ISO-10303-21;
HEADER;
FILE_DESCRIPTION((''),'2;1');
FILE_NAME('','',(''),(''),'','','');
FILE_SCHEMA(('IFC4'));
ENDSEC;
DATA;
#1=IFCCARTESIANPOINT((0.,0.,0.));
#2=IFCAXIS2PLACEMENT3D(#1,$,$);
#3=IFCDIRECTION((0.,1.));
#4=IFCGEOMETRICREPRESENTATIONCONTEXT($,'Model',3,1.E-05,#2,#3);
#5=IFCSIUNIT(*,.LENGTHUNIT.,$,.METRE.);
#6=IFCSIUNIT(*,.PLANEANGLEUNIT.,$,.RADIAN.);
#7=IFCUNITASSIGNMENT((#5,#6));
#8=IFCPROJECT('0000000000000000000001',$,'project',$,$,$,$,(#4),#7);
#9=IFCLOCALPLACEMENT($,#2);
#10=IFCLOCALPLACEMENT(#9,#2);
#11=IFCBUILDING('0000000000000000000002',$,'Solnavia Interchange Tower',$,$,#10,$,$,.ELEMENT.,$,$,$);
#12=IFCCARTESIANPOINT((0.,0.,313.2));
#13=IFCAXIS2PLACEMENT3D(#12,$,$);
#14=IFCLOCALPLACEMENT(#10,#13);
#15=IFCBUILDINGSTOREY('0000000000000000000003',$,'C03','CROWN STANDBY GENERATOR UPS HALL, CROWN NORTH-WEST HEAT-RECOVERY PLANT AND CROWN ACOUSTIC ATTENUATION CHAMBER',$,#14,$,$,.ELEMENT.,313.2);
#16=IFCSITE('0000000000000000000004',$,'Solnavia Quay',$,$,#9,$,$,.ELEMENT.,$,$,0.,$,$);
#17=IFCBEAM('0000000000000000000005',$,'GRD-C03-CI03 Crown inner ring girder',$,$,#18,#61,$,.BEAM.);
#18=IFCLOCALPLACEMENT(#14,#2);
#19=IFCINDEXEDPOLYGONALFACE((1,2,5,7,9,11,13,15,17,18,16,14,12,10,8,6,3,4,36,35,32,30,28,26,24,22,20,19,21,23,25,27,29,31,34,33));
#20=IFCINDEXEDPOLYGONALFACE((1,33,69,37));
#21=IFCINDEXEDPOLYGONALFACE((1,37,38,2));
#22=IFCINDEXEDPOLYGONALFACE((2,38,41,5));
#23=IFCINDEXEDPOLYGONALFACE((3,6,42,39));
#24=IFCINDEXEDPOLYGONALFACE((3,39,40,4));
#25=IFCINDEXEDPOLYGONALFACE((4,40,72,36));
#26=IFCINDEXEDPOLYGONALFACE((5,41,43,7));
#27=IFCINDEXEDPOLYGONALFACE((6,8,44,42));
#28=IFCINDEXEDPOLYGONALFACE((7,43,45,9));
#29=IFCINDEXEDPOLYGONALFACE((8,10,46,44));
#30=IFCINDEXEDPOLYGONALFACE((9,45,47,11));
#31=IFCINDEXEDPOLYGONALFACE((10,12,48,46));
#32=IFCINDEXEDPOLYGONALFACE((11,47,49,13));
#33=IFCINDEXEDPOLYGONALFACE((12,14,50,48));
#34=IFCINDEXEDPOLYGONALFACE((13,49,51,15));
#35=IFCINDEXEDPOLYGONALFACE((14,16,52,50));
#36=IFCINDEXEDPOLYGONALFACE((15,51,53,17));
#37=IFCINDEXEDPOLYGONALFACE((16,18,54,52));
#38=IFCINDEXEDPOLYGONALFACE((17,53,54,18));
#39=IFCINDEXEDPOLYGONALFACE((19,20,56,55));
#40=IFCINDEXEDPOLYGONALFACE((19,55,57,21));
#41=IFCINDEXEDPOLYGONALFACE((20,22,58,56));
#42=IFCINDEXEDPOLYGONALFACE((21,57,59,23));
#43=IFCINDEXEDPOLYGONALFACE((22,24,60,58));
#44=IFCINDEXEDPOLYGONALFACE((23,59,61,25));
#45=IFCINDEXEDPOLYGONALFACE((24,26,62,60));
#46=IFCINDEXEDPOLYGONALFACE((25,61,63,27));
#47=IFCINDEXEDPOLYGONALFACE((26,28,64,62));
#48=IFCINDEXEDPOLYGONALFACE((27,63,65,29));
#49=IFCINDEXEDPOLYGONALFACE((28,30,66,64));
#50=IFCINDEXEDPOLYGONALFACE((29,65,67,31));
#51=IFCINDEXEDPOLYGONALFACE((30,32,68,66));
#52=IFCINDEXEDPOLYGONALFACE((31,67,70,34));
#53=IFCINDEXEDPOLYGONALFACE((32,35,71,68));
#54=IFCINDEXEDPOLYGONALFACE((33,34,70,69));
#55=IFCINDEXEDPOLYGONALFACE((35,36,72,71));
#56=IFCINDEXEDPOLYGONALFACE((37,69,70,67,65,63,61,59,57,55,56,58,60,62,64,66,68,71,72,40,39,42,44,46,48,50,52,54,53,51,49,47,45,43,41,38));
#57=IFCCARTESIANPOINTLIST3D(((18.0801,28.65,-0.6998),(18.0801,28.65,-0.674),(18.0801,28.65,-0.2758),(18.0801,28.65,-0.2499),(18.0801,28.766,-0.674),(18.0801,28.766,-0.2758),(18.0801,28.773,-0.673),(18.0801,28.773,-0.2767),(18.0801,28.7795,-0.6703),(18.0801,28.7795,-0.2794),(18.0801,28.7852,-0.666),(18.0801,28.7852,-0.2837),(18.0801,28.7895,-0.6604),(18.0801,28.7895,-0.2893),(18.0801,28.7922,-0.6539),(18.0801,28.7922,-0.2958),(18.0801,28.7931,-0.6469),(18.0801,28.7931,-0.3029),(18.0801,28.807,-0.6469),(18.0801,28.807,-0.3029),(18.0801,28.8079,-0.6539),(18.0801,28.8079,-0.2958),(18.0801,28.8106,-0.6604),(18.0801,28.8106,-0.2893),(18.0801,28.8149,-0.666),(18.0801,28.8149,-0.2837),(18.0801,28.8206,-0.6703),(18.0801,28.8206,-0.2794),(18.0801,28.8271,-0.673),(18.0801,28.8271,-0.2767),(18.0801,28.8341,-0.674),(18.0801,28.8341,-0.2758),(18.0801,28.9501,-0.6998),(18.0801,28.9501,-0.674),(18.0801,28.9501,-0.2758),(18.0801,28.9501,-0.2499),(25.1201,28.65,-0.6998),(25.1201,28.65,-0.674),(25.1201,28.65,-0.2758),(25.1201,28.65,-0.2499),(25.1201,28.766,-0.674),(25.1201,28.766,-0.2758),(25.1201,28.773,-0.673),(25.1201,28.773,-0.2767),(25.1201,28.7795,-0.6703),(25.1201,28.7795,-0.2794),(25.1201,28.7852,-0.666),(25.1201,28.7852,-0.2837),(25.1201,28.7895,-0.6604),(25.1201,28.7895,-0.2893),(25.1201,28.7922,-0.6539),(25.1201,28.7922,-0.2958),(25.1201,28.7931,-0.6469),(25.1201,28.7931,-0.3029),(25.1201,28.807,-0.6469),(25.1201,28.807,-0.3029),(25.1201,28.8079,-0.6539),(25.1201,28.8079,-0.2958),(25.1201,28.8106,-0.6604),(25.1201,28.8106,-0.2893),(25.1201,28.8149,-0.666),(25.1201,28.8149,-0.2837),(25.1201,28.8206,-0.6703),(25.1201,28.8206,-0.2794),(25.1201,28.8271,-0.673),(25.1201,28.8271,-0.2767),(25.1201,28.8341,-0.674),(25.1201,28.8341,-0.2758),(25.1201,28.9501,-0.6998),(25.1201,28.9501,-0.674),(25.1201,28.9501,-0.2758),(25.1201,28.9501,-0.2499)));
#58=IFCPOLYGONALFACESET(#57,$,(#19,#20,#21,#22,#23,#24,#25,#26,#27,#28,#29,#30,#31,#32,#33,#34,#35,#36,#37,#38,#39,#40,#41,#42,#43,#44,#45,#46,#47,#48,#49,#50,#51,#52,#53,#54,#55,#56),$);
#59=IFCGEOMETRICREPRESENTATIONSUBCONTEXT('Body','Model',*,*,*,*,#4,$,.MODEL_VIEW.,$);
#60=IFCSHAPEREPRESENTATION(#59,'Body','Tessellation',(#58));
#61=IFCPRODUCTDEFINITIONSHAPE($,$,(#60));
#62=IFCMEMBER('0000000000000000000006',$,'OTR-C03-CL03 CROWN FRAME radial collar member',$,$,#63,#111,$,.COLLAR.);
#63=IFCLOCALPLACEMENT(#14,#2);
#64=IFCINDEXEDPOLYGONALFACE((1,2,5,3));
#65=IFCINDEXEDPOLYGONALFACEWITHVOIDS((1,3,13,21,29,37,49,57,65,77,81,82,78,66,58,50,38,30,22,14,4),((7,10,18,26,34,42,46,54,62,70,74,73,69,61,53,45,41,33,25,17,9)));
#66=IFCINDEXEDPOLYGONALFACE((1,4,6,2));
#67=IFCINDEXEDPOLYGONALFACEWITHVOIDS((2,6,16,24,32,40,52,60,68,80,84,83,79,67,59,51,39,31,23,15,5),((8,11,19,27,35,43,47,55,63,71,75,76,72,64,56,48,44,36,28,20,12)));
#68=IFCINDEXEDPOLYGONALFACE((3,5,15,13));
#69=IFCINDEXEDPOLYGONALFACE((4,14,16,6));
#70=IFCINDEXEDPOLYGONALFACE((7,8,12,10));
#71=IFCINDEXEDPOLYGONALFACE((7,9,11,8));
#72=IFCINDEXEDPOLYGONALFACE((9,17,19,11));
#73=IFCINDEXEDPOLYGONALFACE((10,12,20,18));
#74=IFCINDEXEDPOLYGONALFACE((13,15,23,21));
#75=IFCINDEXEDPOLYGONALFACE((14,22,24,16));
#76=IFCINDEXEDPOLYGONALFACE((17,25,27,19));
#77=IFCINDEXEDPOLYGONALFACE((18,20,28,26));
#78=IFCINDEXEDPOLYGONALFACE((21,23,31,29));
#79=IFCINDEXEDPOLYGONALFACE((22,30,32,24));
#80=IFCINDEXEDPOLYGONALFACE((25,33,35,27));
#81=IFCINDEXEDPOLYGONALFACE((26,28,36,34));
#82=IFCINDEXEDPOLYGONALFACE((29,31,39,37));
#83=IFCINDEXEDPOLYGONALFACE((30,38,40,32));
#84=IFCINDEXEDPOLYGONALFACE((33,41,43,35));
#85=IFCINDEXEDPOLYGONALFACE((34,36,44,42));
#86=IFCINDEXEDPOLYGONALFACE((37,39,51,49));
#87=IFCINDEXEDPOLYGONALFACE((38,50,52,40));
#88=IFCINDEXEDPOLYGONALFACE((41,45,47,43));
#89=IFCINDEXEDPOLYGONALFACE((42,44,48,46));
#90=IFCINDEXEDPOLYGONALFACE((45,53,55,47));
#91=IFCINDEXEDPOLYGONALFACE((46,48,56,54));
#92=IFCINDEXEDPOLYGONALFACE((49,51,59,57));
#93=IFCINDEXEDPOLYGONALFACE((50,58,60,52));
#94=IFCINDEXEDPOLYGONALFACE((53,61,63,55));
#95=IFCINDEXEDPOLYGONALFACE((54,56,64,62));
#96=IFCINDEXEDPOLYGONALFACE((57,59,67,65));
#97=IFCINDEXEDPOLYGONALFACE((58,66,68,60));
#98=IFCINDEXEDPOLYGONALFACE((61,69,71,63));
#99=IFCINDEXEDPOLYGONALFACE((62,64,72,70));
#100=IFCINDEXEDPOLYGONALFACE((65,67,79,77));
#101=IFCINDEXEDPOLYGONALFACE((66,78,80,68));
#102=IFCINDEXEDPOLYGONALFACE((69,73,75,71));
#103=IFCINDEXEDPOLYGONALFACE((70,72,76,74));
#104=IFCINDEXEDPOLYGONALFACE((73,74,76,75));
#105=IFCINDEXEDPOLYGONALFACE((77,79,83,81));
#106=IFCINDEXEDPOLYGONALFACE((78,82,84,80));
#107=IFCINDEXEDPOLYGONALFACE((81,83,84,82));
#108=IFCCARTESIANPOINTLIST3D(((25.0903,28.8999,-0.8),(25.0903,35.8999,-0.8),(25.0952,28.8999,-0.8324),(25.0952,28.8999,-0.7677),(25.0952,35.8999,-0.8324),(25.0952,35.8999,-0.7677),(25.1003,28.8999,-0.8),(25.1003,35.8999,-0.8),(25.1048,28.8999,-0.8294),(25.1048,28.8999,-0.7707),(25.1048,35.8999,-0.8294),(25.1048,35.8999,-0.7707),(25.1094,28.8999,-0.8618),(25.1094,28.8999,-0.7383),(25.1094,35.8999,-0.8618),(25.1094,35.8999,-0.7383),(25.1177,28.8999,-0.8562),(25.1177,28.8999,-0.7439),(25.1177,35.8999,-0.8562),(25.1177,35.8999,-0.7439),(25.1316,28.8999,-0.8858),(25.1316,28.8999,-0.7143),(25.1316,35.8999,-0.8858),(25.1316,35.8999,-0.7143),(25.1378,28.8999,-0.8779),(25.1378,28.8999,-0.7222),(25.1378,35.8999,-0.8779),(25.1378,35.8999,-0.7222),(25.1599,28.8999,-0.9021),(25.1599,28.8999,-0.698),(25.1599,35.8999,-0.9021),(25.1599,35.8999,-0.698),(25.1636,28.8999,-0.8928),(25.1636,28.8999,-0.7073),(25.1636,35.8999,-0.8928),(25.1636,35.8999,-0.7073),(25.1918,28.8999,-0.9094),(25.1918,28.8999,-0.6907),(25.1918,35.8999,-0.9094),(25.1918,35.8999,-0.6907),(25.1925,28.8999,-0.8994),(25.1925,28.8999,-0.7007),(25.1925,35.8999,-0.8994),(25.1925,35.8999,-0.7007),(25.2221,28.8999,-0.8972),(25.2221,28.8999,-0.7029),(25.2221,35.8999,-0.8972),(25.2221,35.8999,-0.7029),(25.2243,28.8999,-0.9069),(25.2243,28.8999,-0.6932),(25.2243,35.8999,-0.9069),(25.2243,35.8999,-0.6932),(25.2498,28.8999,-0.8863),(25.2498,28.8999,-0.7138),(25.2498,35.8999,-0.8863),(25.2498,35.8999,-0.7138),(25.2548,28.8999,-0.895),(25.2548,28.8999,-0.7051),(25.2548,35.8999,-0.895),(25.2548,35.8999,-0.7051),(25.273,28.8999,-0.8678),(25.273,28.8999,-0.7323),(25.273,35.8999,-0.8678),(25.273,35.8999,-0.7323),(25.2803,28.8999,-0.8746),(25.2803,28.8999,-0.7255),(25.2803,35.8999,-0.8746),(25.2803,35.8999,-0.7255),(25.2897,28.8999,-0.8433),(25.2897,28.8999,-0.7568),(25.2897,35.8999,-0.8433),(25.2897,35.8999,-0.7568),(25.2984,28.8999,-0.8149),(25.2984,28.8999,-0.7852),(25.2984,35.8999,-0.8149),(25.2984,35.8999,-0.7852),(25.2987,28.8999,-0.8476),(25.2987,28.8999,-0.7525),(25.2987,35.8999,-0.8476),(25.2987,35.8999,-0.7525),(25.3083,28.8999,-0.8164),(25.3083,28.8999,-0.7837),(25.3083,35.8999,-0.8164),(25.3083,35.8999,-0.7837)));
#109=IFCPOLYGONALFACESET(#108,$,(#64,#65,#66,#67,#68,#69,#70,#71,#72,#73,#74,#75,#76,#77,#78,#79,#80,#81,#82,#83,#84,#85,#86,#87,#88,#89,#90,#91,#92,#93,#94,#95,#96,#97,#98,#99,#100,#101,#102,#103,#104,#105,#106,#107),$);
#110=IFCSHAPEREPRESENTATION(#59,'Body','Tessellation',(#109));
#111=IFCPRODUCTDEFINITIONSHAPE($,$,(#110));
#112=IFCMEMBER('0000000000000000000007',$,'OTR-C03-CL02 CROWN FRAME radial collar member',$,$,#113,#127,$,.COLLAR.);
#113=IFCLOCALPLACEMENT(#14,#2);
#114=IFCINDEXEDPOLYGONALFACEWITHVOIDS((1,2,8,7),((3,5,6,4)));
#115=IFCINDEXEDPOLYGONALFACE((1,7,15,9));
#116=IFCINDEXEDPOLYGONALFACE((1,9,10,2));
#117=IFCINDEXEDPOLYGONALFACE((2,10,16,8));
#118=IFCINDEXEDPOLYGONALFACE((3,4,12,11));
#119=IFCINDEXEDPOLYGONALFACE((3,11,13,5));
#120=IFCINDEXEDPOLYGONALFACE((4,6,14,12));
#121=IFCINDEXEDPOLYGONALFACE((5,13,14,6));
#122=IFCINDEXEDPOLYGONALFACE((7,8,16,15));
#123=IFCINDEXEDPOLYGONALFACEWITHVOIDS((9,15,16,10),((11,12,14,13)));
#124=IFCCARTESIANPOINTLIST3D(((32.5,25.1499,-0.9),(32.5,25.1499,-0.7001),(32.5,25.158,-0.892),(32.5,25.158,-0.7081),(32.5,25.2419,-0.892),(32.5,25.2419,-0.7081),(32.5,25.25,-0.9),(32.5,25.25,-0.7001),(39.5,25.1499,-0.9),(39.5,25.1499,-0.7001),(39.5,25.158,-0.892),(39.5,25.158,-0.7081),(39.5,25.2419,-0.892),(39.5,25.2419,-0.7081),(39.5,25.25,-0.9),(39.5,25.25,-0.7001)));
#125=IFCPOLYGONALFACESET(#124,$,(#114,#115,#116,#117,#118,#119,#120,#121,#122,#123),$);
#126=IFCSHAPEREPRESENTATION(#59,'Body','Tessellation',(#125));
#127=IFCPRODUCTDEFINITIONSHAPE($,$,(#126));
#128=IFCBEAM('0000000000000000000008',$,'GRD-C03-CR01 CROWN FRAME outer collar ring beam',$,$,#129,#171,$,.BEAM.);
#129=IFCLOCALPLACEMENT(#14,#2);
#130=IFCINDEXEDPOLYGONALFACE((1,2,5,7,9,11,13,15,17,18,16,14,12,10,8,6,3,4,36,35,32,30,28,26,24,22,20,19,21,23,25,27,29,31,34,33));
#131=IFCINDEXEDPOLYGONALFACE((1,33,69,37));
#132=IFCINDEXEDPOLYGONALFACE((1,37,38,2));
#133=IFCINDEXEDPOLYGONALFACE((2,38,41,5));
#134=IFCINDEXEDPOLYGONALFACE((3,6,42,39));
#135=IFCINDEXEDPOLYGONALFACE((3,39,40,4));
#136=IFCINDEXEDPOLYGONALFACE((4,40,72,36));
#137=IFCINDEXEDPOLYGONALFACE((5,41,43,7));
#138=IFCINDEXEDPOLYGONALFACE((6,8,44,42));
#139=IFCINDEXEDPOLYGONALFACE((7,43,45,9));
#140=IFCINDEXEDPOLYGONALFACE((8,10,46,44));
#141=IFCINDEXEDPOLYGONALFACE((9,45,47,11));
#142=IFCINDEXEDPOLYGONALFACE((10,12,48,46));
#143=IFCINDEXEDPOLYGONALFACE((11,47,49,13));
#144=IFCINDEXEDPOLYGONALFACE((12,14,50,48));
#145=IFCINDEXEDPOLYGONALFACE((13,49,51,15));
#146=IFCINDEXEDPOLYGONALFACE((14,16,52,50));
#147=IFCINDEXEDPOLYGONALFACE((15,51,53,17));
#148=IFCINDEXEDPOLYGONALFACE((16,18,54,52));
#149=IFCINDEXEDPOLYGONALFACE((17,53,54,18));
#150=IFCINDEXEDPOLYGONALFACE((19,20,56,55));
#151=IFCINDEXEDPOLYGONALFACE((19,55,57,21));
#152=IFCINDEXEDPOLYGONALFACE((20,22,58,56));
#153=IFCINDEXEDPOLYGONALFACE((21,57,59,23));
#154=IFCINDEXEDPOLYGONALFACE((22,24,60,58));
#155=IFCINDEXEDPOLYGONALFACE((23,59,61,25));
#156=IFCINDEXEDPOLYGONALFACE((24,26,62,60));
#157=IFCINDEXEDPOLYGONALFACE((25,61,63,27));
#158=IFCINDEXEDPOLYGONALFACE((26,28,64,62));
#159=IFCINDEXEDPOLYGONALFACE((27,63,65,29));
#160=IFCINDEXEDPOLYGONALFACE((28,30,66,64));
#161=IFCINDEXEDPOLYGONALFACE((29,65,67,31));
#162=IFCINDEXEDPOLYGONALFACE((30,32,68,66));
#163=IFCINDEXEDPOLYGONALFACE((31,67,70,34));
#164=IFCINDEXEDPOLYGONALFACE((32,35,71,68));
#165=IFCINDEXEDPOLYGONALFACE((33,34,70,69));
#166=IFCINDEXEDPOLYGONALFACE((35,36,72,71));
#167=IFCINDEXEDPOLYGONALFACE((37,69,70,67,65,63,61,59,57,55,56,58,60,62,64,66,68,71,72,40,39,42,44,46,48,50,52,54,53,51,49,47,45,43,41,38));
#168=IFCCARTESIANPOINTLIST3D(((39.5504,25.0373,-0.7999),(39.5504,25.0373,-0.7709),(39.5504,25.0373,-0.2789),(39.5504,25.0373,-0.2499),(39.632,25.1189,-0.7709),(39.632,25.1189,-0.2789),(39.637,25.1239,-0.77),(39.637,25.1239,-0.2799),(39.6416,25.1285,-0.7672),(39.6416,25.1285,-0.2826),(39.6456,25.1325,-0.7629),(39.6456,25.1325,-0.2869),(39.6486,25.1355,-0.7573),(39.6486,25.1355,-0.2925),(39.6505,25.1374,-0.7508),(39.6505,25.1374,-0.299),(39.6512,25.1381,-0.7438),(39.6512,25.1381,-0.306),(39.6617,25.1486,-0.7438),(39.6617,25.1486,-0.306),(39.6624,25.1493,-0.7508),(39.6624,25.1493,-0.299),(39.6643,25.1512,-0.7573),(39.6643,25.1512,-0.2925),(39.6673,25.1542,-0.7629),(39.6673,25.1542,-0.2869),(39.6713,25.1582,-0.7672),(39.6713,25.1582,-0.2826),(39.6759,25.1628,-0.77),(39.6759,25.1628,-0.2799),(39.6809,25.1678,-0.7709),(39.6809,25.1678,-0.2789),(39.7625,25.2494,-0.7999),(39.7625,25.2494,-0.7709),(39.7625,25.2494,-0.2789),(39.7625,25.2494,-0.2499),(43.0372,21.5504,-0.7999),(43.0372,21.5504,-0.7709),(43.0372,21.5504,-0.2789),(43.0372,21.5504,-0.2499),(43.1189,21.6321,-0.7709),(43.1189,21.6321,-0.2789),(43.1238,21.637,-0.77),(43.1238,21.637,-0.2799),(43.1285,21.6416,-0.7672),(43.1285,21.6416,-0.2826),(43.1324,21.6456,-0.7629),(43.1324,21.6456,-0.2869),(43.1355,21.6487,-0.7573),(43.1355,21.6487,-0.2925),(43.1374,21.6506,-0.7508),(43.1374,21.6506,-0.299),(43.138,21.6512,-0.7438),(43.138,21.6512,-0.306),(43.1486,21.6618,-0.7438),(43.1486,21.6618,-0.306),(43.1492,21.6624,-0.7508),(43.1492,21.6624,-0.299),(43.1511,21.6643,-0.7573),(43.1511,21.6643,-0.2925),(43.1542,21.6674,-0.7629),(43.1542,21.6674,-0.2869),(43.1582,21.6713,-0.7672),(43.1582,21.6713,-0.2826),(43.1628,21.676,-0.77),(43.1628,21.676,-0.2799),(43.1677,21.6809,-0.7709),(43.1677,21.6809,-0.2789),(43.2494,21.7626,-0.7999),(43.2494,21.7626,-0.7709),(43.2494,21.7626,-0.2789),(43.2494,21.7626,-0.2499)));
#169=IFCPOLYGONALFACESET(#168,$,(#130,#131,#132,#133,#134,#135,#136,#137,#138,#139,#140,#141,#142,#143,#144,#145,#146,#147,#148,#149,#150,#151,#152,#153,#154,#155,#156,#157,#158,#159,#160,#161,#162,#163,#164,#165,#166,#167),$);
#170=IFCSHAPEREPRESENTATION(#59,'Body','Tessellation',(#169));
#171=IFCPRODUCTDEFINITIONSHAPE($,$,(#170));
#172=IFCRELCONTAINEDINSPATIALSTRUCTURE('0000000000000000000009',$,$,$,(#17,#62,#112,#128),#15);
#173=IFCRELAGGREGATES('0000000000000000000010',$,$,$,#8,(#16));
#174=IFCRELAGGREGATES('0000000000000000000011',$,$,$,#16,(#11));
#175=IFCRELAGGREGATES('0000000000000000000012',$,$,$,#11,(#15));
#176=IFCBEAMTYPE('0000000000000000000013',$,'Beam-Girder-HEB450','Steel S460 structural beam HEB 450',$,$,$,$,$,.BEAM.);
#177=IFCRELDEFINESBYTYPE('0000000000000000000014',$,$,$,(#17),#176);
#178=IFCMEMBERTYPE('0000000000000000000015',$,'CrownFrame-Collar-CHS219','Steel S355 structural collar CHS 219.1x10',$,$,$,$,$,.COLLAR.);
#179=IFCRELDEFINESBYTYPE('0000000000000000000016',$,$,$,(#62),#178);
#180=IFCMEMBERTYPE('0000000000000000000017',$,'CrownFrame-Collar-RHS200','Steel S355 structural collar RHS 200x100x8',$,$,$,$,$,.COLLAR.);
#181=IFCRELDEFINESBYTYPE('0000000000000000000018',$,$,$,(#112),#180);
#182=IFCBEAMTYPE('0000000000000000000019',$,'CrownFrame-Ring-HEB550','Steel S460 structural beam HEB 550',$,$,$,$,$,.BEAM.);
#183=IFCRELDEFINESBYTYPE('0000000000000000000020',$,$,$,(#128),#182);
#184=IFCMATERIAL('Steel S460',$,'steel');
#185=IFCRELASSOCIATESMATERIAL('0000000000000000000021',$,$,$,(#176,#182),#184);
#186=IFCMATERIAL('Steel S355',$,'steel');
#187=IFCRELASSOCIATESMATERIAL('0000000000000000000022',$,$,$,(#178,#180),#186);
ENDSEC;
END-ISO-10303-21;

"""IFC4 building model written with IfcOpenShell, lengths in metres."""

from ifc_helpers import new_model, si_unit, direction, frame, origin, origin_2d, place, context, subcontext, project, spatial, hollow_rectangle, hollow_circle, i_section, extrude, material, material_profile, profile_set, type_object, element, save


model = new_model("IFC4")

# Units and contexts
model_context = context("Model", 3, precision=1e-05, world=origin(), true_north=direction((0.0, 1.0)))
body_context = subcontext(model_context, "Body", "Model", "MODEL_VIEW")
ifc_project = project(units=[si_unit("LENGTHUNIT", "METRE"), si_unit("PLANEANGLEUNIT", "RADIAN")], contexts=[model_context])

# Site, building, storey
site_placement = place(None, origin())
site = spatial("IfcSite", under=ifc_project, at=site_placement, Name="Solnavia Quay", CompositionType="ELEMENT", RefElevation=0.0)
building_placement = place(site_placement, origin())
building = spatial("IfcBuilding", under=site, at=building_placement, Name="Solnavia Interchange Tower", CompositionType="ELEMENT")
storey_placement = place(building_placement, frame((0.0, 0.0, 313.2)))
storey = spatial("IfcBuildingStorey", under=building, at=storey_placement, Name="C03", Description="CROWN STANDBY GENERATOR UPS HALL, CROWN NORTH-WEST HEAT-RECOVERY PLANT AND CROWN ACOUSTIC ATTENUATION CHAMBER", CompositionType="ELEMENT", Elevation=313.2)

# Shared definitions
ifc_material_1 = material(Name="Steel S460", Category="steel")

# Beam
ifc_material_profile_1 = material_profile(ifc_material_1, i_section(OverallWidth=0.3, OverallDepth=0.45, WebThickness=0.0139, FlangeThickness=0.0259, FilletRadius=0.0271, at=origin_2d()), Name="HEB 450")
ifc_profile_set_1 = profile_set([ifc_material_profile_1], Name="Steel S460")
beam_type_1 = type_object("IfcBeamType", Name="Beam-Girder-HEB450", Description="Steel S460 structural beam HEB 450", PredefinedType="BEAM", material=ifc_profile_set_1)
beam_1_placement = place(storey_placement, frame((25.1201, 28.8, -0.4749), z_axis=(-1.0, 0.0, 0.0), x_axis=(0.0, -1.0, 0.0)))
element("IfcBeam", 1, at=beam_1_placement, inside=storey, type_object=beam_type_1, Name="GRD-C03-CI03 Crown inner ring girder", PredefinedType="BEAM", context=body_context, shape_type="SweptSolid", body=[
    extrude(i_section(OverallWidth=0.3, OverallDepth=0.45, WebThickness=0.0139, FlangeThickness=0.0259, FilletRadius=0.0271, at=origin_2d()), origin(), (0.0, 0.0, 1.0), 7.04),
])

# Members
ifc_material_2 = material(Name="Steel S355", Category="steel")
ifc_material_profile_2 = material_profile(ifc_material_2, hollow_circle(Radius=0.1096, WallThickness=0.01, at=origin_2d()), Name="CHS 219.1x10")
ifc_profile_set_2 = profile_set([ifc_material_profile_2], Name="Steel S355")
member_type_1 = type_object("IfcMemberType", Name="CrownFrame-Collar-CHS219", Description="Steel S355 structural collar CHS 219.1x10", PredefinedType="COLLAR", material=ifc_profile_set_2)
member_1_placement = place(storey_placement, frame((25.2, 28.8999, -0.8), z_axis=(0.0, 1.0, 0.0), x_axis=(-1.0, 0.0, 0.0)))
element("IfcMember", 2, at=member_1_placement, inside=storey, type_object=member_type_1, Name="OTR-C03-CL03 CROWN FRAME radial collar member", PredefinedType="COLLAR", context=body_context, shape_type="SweptSolid", body=[
    extrude(hollow_circle(Radius=0.1096, WallThickness=0.01, at=origin_2d()), origin(), (0.0, 0.0, 1.0), 7.0),
])
ifc_material_profile_3 = material_profile(ifc_material_2, hollow_rectangle(XDim=0.1001, YDim=0.2, WallThickness=0.0081, at=origin_2d()), Name="RHS 200x100x8")
ifc_profile_set_3 = profile_set([ifc_material_profile_3], Name="Steel S355")
member_type_2 = type_object("IfcMemberType", Name="CrownFrame-Collar-RHS200", Description="Steel S355 structural collar RHS 200x100x8", PredefinedType="COLLAR", material=ifc_profile_set_3)
member_2_placement = place(storey_placement, frame((32.5, 25.2, -0.8), z_axis=(1.0, 0.0, 0.0), x_axis=(0.0, 1.0, 0.0)))
element("IfcMember", 3, at=member_2_placement, inside=storey, type_object=member_type_2, Name="OTR-C03-CL02 CROWN FRAME radial collar member", PredefinedType="COLLAR", context=body_context, shape_type="SweptSolid", body=[
    extrude(hollow_rectangle(XDim=0.1001, YDim=0.2, WallThickness=0.0081, at=origin_2d()), origin(), (0.0, 0.0, 1.0), 7.0),
])

# Beam
ifc_material_profile_4 = material_profile(ifc_material_1, i_section(OverallWidth=0.3, OverallDepth=0.55, WebThickness=0.0149, FlangeThickness=0.0291, FilletRadius=0.0271, at=origin_2d()), Name="HEB 550")
ifc_profile_set_4 = profile_set([ifc_material_profile_4], Name="Steel S460")
beam_type_2 = type_object("IfcBeamType", Name="CrownFrame-Ring-HEB550", Description="Steel S460 structural beam HEB 550", PredefinedType="BEAM", material=ifc_profile_set_4)
beam_2_placement = place(storey_placement, frame((43.1433, 21.6565, -0.5249), z_axis=(-0.707107, 0.707107, 0.0), x_axis=(-0.707107, -0.707107, 0.0)))
element("IfcBeam", 4, at=beam_2_placement, inside=storey, type_object=beam_type_2, Name="GRD-C03-CR01 CROWN FRAME outer collar ring beam", PredefinedType="BEAM", context=body_context, shape_type="SweptSolid", body=[
    extrude(i_section(OverallWidth=0.3, OverallDepth=0.55, WebThickness=0.0149, FlangeThickness=0.0291, FilletRadius=0.0271, at=origin_2d()), origin(), (0.0, 0.0, 1.0), 4.9312),
])

save(model, "model.ifc")
